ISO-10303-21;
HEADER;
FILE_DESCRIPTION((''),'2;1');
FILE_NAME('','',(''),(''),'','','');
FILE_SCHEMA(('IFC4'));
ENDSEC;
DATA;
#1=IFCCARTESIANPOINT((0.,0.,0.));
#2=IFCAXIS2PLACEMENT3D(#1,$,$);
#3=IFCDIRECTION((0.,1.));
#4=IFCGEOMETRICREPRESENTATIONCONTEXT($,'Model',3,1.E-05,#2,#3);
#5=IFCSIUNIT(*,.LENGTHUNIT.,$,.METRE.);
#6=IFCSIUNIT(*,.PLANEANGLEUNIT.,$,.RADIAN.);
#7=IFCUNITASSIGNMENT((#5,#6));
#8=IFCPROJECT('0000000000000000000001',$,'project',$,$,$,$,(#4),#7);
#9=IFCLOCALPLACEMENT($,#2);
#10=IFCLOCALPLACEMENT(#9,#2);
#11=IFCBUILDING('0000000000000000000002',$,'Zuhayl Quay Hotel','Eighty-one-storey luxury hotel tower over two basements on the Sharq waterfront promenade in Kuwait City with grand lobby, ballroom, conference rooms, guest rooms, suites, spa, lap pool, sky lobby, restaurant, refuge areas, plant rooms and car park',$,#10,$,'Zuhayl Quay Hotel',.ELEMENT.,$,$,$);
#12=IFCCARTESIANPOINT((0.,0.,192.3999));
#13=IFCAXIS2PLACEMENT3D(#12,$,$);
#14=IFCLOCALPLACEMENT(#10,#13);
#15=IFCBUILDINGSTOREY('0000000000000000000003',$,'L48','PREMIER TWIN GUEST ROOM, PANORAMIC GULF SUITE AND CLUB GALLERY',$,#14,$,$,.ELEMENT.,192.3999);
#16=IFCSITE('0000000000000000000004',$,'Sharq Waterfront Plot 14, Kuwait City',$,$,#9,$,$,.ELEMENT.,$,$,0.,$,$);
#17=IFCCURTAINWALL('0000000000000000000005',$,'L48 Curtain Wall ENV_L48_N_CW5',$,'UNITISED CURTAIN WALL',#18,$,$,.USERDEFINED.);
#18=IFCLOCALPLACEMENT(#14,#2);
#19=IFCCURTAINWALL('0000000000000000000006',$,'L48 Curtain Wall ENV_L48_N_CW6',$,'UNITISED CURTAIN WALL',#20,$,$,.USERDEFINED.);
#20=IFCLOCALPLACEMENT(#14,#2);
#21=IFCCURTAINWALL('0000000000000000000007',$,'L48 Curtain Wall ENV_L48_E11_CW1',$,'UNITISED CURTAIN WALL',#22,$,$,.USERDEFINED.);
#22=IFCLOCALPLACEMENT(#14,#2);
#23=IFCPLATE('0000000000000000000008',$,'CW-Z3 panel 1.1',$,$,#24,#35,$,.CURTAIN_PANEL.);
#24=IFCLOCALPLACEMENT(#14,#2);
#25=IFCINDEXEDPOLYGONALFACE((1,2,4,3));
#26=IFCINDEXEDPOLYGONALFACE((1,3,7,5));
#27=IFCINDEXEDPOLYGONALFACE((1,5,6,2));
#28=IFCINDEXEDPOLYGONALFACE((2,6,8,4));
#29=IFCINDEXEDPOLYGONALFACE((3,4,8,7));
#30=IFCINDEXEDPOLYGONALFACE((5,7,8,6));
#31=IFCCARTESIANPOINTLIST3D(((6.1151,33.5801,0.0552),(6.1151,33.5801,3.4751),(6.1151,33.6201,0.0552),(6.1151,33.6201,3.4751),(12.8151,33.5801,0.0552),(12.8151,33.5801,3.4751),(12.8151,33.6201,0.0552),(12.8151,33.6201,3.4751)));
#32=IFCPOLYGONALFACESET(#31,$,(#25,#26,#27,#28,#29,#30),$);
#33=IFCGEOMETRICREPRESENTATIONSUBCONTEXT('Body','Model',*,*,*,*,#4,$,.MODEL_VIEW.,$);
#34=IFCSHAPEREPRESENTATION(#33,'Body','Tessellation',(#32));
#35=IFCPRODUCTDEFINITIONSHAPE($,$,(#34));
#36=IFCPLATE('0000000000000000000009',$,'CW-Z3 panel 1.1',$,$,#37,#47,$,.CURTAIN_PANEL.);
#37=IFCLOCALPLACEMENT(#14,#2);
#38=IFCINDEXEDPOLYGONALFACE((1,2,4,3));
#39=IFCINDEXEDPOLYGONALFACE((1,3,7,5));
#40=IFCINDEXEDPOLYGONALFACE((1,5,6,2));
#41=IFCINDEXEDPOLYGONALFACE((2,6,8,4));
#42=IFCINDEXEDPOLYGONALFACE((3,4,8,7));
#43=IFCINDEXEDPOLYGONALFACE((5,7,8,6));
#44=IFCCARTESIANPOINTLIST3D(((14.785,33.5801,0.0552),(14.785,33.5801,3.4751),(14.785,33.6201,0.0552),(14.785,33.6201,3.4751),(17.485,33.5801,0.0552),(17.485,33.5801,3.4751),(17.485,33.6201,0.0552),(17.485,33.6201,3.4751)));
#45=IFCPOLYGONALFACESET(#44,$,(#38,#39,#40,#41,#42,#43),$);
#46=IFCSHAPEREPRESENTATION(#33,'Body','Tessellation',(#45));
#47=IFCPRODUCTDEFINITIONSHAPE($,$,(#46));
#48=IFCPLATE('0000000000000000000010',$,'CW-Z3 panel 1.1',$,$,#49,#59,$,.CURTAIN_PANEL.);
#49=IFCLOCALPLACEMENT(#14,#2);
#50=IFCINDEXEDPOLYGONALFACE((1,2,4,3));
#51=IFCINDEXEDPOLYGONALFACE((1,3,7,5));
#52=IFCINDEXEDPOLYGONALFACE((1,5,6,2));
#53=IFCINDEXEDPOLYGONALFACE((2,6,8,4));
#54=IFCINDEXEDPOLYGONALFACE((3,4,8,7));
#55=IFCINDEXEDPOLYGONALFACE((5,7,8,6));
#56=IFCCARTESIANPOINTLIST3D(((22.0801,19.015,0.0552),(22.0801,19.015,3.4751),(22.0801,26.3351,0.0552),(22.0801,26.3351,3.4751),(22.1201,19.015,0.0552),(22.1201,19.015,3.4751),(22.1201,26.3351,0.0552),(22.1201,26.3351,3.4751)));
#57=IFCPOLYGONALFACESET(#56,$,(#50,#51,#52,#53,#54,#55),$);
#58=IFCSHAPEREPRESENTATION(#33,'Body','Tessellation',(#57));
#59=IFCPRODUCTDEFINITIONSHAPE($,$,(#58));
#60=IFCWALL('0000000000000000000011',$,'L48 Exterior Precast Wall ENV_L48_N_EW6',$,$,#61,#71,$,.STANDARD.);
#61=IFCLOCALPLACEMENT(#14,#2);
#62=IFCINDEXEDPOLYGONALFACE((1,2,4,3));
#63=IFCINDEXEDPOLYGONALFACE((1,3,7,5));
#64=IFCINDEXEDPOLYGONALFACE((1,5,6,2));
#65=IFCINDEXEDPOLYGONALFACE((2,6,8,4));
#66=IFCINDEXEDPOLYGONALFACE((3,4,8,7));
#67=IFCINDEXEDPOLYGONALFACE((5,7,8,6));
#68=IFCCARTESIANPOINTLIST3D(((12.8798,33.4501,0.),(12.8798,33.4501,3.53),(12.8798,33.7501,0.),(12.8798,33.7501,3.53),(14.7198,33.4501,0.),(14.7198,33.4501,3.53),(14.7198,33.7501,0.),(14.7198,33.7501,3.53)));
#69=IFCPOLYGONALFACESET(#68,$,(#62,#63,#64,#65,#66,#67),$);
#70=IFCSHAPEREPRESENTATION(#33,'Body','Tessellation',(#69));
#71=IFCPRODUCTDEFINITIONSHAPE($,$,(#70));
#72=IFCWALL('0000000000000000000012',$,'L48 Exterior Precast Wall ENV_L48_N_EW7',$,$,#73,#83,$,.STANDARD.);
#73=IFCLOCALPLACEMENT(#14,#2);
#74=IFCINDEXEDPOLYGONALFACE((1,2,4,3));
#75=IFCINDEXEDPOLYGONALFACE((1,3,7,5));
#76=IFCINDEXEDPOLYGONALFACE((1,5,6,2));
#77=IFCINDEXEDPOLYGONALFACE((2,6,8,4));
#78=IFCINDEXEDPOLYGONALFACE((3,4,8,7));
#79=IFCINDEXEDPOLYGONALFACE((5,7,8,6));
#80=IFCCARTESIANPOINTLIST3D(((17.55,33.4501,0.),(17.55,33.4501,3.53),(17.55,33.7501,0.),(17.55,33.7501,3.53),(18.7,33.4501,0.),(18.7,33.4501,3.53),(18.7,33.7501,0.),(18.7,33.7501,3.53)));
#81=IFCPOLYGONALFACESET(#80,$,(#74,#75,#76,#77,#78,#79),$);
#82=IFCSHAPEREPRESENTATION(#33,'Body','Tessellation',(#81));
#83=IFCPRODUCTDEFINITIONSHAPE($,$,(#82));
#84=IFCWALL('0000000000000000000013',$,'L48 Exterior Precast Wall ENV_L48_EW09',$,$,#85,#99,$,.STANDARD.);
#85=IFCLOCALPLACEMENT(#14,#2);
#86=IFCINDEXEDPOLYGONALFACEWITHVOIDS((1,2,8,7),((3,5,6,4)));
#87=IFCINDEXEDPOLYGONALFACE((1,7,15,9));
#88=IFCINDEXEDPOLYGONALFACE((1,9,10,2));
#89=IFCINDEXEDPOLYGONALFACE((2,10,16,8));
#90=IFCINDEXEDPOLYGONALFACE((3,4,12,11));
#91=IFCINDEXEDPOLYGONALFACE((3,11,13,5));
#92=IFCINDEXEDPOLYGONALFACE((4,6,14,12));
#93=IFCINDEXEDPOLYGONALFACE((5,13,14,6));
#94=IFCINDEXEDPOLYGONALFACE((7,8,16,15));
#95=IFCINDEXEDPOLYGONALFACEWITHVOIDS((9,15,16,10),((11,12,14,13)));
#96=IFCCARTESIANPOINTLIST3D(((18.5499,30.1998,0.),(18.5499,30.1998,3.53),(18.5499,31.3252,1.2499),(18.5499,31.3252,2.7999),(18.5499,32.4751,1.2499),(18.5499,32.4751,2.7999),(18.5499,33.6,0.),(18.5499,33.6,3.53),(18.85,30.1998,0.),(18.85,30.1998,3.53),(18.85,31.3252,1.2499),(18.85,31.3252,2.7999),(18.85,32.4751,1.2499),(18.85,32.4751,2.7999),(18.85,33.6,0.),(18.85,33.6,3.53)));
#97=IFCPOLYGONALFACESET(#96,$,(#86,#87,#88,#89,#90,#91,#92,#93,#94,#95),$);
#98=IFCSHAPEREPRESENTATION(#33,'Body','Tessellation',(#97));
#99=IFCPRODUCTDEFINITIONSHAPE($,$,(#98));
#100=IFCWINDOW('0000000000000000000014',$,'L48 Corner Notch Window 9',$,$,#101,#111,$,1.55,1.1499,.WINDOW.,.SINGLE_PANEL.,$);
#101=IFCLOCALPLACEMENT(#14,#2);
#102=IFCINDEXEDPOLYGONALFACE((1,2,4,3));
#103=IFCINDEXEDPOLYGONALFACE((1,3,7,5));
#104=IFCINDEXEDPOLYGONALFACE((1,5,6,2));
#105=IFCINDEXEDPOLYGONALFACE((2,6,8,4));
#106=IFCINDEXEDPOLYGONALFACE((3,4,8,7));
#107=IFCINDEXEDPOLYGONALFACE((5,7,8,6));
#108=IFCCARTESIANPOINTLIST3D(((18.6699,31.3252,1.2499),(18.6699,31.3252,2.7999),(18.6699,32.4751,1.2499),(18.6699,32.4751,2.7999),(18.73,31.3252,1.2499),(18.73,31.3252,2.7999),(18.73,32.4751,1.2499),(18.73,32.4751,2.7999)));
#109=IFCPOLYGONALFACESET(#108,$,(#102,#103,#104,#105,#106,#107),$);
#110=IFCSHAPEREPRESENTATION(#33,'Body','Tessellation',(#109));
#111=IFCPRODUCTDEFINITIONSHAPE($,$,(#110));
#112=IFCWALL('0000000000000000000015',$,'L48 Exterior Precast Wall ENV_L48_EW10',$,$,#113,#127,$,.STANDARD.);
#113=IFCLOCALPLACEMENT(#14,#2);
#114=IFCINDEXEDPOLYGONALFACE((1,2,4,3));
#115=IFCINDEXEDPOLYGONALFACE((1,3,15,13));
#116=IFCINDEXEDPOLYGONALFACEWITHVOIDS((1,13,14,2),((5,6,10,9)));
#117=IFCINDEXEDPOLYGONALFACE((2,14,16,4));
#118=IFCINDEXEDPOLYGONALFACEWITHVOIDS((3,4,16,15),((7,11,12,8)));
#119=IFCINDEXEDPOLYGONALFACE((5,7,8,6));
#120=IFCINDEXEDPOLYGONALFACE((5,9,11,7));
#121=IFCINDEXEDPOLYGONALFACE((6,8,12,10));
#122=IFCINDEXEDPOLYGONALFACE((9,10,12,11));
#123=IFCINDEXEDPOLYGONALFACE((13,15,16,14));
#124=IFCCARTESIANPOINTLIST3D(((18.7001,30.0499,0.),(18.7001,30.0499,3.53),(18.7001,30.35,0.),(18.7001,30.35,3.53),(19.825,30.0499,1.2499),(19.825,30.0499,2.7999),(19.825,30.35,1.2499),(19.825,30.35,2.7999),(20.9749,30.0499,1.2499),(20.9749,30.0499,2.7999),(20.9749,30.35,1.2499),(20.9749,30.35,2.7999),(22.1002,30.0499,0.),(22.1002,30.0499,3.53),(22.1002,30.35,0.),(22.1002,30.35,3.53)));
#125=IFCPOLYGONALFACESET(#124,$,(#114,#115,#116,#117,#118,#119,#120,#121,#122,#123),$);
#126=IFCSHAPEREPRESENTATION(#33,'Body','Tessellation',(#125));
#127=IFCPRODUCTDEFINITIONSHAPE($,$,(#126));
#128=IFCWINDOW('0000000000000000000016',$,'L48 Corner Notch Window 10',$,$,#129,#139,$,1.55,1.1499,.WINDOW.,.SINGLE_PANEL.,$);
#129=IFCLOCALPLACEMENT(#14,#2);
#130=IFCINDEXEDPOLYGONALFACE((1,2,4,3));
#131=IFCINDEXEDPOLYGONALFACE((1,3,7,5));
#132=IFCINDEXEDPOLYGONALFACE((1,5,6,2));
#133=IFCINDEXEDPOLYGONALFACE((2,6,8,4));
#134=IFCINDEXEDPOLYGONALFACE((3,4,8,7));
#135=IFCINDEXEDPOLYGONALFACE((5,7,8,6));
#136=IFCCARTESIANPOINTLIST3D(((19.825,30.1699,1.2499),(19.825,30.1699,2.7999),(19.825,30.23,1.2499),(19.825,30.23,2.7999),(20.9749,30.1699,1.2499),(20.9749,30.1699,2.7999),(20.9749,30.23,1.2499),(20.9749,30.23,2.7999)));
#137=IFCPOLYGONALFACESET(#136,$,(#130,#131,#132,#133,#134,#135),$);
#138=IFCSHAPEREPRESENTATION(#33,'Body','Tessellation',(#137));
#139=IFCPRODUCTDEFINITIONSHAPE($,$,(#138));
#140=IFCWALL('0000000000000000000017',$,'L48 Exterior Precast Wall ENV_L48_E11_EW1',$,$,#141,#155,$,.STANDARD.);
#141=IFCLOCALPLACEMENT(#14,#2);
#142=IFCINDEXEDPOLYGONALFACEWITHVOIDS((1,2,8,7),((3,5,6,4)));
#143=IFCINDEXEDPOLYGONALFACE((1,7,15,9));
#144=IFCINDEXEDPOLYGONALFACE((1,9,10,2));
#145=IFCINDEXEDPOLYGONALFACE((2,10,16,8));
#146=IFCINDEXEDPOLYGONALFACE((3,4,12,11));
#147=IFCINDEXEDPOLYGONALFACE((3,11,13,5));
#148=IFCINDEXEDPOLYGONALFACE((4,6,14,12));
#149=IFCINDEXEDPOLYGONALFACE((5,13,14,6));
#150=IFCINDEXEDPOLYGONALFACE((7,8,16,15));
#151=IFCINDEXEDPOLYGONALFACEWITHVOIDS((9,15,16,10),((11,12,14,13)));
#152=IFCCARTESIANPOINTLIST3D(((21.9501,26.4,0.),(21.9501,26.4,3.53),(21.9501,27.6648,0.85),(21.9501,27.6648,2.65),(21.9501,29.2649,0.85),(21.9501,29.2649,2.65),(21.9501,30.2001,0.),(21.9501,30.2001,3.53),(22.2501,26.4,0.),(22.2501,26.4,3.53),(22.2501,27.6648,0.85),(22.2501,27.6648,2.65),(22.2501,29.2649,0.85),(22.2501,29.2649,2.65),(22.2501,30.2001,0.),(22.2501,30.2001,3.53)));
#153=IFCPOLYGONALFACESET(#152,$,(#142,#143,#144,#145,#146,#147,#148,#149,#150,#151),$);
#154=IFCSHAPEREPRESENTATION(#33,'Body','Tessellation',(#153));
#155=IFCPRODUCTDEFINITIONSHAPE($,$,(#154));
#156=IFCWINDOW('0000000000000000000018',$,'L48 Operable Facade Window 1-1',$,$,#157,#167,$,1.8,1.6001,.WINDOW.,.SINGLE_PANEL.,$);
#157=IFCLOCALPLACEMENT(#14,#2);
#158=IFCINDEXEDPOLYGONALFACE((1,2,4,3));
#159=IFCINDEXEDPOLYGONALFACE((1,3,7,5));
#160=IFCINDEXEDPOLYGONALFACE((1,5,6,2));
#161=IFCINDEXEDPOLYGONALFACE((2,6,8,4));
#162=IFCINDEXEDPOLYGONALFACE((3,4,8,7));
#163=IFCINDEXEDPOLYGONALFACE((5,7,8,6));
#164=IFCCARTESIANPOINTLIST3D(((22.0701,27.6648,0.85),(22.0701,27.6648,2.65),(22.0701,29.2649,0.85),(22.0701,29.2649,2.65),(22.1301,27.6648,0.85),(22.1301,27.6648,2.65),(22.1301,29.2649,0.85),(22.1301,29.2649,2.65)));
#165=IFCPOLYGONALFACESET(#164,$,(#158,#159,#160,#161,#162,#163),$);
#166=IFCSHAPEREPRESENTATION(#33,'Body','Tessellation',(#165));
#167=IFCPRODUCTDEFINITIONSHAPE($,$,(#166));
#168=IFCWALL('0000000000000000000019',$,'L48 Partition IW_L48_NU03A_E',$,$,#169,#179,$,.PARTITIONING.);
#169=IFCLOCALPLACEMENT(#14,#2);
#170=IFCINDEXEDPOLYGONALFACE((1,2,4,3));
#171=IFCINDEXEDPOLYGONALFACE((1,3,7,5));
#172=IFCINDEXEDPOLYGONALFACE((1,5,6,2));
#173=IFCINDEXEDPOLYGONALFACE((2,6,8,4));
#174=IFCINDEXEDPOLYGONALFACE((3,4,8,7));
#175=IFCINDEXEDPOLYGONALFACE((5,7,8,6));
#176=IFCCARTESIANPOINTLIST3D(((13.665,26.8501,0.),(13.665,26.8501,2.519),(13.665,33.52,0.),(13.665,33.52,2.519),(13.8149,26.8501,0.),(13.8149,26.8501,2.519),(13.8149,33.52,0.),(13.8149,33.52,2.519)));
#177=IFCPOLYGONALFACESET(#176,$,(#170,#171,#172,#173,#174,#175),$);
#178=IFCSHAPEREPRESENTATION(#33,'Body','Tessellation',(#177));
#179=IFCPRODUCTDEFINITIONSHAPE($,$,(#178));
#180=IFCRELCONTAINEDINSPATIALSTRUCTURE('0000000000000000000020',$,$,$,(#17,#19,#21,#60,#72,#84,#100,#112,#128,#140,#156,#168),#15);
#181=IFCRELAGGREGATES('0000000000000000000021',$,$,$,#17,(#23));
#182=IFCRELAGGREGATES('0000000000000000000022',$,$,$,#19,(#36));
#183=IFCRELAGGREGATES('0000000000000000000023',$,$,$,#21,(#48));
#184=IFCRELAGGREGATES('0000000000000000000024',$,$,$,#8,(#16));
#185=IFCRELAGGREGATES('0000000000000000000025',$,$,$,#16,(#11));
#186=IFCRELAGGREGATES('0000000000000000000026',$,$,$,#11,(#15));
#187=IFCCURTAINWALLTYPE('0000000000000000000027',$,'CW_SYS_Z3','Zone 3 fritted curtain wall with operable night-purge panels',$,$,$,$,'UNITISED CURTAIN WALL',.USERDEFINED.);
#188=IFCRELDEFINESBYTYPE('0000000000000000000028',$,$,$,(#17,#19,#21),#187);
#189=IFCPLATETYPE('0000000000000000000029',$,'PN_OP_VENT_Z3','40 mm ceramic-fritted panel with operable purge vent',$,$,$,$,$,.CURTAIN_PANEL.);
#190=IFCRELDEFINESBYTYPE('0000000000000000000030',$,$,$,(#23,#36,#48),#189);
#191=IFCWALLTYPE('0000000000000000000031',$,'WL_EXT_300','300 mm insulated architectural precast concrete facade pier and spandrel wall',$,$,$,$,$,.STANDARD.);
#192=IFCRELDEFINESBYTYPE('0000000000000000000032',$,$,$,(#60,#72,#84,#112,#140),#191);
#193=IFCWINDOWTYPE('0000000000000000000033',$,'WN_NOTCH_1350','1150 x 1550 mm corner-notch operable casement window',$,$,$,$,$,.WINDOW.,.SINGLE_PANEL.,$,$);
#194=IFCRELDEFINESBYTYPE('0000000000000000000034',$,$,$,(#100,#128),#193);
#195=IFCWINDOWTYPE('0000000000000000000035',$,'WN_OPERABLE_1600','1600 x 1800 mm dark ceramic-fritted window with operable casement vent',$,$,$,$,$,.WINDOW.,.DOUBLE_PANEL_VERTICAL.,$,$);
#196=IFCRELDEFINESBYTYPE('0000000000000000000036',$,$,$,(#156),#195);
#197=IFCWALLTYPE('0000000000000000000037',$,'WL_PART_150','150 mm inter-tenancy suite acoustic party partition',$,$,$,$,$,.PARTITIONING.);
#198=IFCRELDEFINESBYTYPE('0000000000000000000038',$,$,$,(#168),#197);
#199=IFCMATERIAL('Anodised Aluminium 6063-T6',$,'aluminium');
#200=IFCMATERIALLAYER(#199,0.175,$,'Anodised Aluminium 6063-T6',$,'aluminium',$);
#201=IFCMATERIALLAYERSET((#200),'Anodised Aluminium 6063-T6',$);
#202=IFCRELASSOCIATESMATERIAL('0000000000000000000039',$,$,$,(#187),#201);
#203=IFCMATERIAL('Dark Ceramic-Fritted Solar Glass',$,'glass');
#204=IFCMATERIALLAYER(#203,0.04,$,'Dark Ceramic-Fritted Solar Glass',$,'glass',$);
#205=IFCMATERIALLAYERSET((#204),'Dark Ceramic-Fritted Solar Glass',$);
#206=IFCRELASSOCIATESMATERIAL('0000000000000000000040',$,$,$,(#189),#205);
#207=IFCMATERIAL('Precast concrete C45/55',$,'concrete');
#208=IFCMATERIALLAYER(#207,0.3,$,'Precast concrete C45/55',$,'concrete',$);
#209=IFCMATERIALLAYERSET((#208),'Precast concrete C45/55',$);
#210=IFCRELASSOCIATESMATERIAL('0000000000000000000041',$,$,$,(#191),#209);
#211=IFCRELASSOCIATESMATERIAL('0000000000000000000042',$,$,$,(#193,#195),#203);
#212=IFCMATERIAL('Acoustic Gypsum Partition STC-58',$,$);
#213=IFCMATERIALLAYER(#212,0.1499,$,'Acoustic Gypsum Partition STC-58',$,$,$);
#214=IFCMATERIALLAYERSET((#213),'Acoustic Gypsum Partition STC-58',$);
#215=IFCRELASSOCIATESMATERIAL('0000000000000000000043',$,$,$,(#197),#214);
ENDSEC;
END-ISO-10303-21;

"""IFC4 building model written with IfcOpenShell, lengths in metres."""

from ifc_helpers import new_model, si_unit, direction, frame, frame_2d, origin, origin_2d, place, context, subcontext, project, spatial, rectangle, extrude, material, layer, layer_set, type_object, element, fill, aggregate, save


model = new_model("IFC4")

# Units and contexts
model_context = context("Model", 3, precision=1e-05, world=origin(), true_north=direction((0.0, 1.0)))
body_context = subcontext(model_context, "Body", "Model", "MODEL_VIEW")
ifc_project = project(units=[si_unit("LENGTHUNIT", "METRE"), si_unit("PLANEANGLEUNIT", "RADIAN")], contexts=[model_context])

# Site, building, storey
site_placement = place(None, origin())
site = spatial("IfcSite", under=ifc_project, at=site_placement, Name="Sharq Waterfront Plot 14, Kuwait City", CompositionType="ELEMENT", RefElevation=0.0)
building_placement = place(site_placement, origin())
building = spatial("IfcBuilding", under=site, at=building_placement, Name="Zuhayl Quay Hotel", Description="Eighty-one-storey luxury hotel tower over two basements on the Sharq waterfront promenade in Kuwait City with grand lobby, ballroom, conference rooms, guest rooms, suites, spa, lap pool, sky lobby, restaurant, refuge areas, plant rooms and car park", LongName="Zuhayl Quay Hotel", CompositionType="ELEMENT")
storey_placement = place(building_placement, frame((0.0, 0.0, 192.3999)))
storey = spatial("IfcBuildingStorey", under=building, at=storey_placement, Name="L48", Description="PREMIER TWIN GUEST ROOM, PANORAMIC GULF SUITE AND CLUB GALLERY", CompositionType="ELEMENT", Elevation=192.3999)

# Curtain wall
ifc_material_1 = material(Name="Anodised Aluminium 6063-T6", Category="aluminium")
ifc_layer_1 = layer(ifc_material_1, 0.175, Name="Anodised Aluminium 6063-T6", Category="aluminium")
ifc_layer_set_1 = layer_set([ifc_layer_1], Name="Anodised Aluminium 6063-T6")
curtain_wall_type = type_object("IfcCurtainWallType", Name="CW_SYS_Z3", Description="Zone 3 fritted curtain wall with operable night-purge panels", ElementType="UNITISED CURTAIN WALL", PredefinedType="USERDEFINED", material=ifc_layer_set_1)
curtain_wall_1_placement = place(storey_placement, origin())
curtain_wall_1 = element("IfcCurtainWall", 1, at=curtain_wall_1_placement, inside=storey, type_object=curtain_wall_type, Name="L48 Curtain Wall ENV_L48_N_CW5", ObjectType="UNITISED CURTAIN WALL", PredefinedType="USERDEFINED")

# Curtain wall
curtain_wall_2_placement = place(storey_placement, origin())
curtain_wall_2 = element("IfcCurtainWall", 2, at=curtain_wall_2_placement, inside=storey, type_object=curtain_wall_type, Name="L48 Curtain Wall ENV_L48_N_CW6", ObjectType="UNITISED CURTAIN WALL", PredefinedType="USERDEFINED")

# Curtain wall
curtain_wall_3_placement = place(storey_placement, origin())
curtain_wall_3 = element("IfcCurtainWall", 3, at=curtain_wall_3_placement, inside=storey, type_object=curtain_wall_type, Name="L48 Curtain Wall ENV_L48_E11_CW1", ObjectType="UNITISED CURTAIN WALL", PredefinedType="USERDEFINED")

# Plates
ifc_material_2 = material(Name="Dark Ceramic-Fritted Solar Glass", Category="glass")
ifc_layer_2 = layer(ifc_material_2, 0.04, Name="Dark Ceramic-Fritted Solar Glass", Category="glass")
ifc_layer_set_2 = layer_set([ifc_layer_2], Name="Dark Ceramic-Fritted Solar Glass")
plate_type = type_object("IfcPlateType", Name="PN_OP_VENT_Z3", Description="40 mm ceramic-fritted panel with operable purge vent", PredefinedType="CURTAIN_PANEL", material=ifc_layer_set_2)
plate_1_placement = place(storey_placement, frame((9.4651, 33.6001, 0.0552), z_axis=(0.0, 0.0, 1.0), x_axis=(1.0, 0.0, 0.0)))
plate_1 = element("IfcPlate", 4, at=plate_1_placement, type_object=plate_type, Name="CW-Z3 panel 1.1", PredefinedType="CURTAIN_PANEL", context=body_context, shape_type="SweptSolid", body=[
    extrude(rectangle(XDim=6.7, YDim=0.04, at=origin_2d()), origin(), (0.0, 0.0, 1.0), 3.4199),
])
aggregate(curtain_wall_1, [plate_1])
plate_2_placement = place(storey_placement, frame((16.135, 33.6001, 0.0552), z_axis=(0.0, 0.0, 1.0), x_axis=(1.0, 0.0, 0.0)))
plate_2 = element("IfcPlate", 5, at=plate_2_placement, type_object=plate_type, Name="CW-Z3 panel 1.1", PredefinedType="CURTAIN_PANEL", context=body_context, shape_type="SweptSolid", body=[
    extrude(rectangle(XDim=2.7, YDim=0.04, at=origin_2d()), origin(), (0.0, 0.0, 1.0), 3.4199),
])
aggregate(curtain_wall_2, [plate_2])
plate_3_placement = place(storey_placement, frame((22.1001, 22.675, 0.0552), z_axis=(0.0, 0.0, 1.0), x_axis=(0.0, -1.0, 0.0)))
plate_3 = element("IfcPlate", 6, at=plate_3_placement, type_object=plate_type, Name="CW-Z3 panel 1.1", PredefinedType="CURTAIN_PANEL", context=body_context, shape_type="SweptSolid", body=[
    extrude(rectangle(XDim=7.3201, YDim=0.04, at=origin_2d()), origin(), (0.0, 0.0, 1.0), 3.4199),
])
aggregate(curtain_wall_3, [plate_3])

# Walls
ifc_material_3 = material(Name="Precast concrete C45/55", Category="concrete")
ifc_layer_3 = layer(ifc_material_3, 0.3, Name="Precast concrete C45/55", Category="concrete")
ifc_layer_set_3 = layer_set([ifc_layer_3], Name="Precast concrete C45/55")
wall_type_1 = type_object("IfcWallType", Name="WL_EXT_300", Description="300 mm insulated architectural precast concrete facade pier and spandrel wall", PredefinedType="STANDARD", material=ifc_layer_set_3)
wall_1_placement = place(storey_placement, frame((12.8799, 33.6001, 0.0), z_axis=(0.0, 0.0, 1.0), x_axis=(1.0, 0.0, 0.0)))
element("IfcWall", 7, at=wall_1_placement, inside=storey, type_object=wall_type_1, Name="L48 Exterior Precast Wall ENV_L48_N_EW6", PredefinedType="STANDARD", context=body_context, shape_type="SweptSolid", body=[
    extrude(rectangle(XDim=1.8401, YDim=0.3, at=frame_2d((0.9199, 0.0))), origin(), (0.0, 0.0, 1.0), 3.53),
])
wall_2_placement = place(storey_placement, frame((17.55, 33.6001, 0.0), z_axis=(0.0, 0.0, 1.0), x_axis=(1.0, 0.0, 0.0)))
element("IfcWall", 8, at=wall_2_placement, inside=storey, type_object=wall_type_1, Name="L48 Exterior Precast Wall ENV_L48_N_EW7", PredefinedType="STANDARD", context=body_context, shape_type="SweptSolid", body=[
    extrude(rectangle(XDim=1.1499, YDim=0.3, at=frame_2d((0.575, 0.0))), origin(), (0.0, 0.0, 1.0), 3.53),
])

# Walls, openings, windows
wall_3_placement = place(storey_placement, frame((18.7, 33.6001, 0.0), z_axis=(0.0, 0.0, 1.0), x_axis=(0.0, -1.0, 0.0)))
wall_3 = element("IfcWall", 9, at=wall_3_placement, inside=storey, type_object=wall_type_1, Name="L48 Exterior Precast Wall ENV_L48_EW09", PredefinedType="STANDARD", context=body_context, shape_type="SweptSolid", body=[
    extrude(rectangle(XDim=3.4001, YDim=0.3, at=frame_2d((1.7002, 0.0))), origin(), (0.0, 0.0, 1.0), 3.53),
])
opening_1_placement = place(wall_3_placement, frame((1.125, 0.0, 1.25)))
opening_1 = element("IfcOpeningElement", 10, at=opening_1_placement, cuts=wall_3, PredefinedType="OPENING", context=body_context, shape_type="SweptSolid", body=[
    extrude(rectangle(XDim=1.1499, YDim=1.55, at=frame_2d((0.575, 0.7749))), frame((0.0, 0.1599, 0.0), z_axis=(0.0, -1.0, 0.0), x_axis=(1.0, 0.0, 0.0)), (0.0, 0.0, 1.0), 0.3201),
])
window_type_1 = type_object("IfcWindowType", Name="WN_NOTCH_1350", Description="1150 x 1550 mm corner-notch operable casement window", PartitioningType="SINGLE_PANEL", PredefinedType="WINDOW", material=ifc_material_2)
window_1_placement = place(opening_1_placement, origin())
window_1 = element("IfcWindow", 11, at=window_1_placement, inside=storey, type_object=window_type_1, Name="L48 Corner Notch Window 9", OverallHeight=1.55, OverallWidth=1.1499, PartitioningType="SINGLE_PANEL", PredefinedType="WINDOW", context=body_context, shape_type="SweptSolid", body=[
    extrude(rectangle(XDim=1.1499, YDim=1.55, at=frame_2d((0.575, 0.7749))), frame((0.0, 0.03, 0.0), z_axis=(0.0, -1.0, 0.0), x_axis=(1.0, 0.0, 0.0)), (0.0, 0.0, 1.0), 0.0601),
])
fill(opening_1, window_1)
wall_4_placement = place(storey_placement, frame((18.7, 30.2, 0.0), z_axis=(0.0, 0.0, 1.0), x_axis=(1.0, 0.0, 0.0)))
wall_4 = element("IfcWall", 12, at=wall_4_placement, inside=storey, type_object=wall_type_1, Name="L48 Exterior Precast Wall ENV_L48_EW10", PredefinedType="STANDARD", context=body_context, shape_type="SweptSolid", body=[
    extrude(rectangle(XDim=3.4001, YDim=0.3, at=frame_2d((1.7002, 0.0))), origin(), (0.0, 0.0, 1.0), 3.53),
])
opening_2_placement = place(wall_4_placement, frame((1.125, 0.0, 1.25)))
opening_2 = element("IfcOpeningElement", 13, at=opening_2_placement, cuts=wall_4, PredefinedType="OPENING", context=body_context, shape_type="SweptSolid", body=[
    extrude(rectangle(XDim=1.1499, YDim=1.55, at=frame_2d((0.575, 0.7749))), frame((0.0, 0.1599, 0.0), z_axis=(0.0, -1.0, 0.0), x_axis=(1.0, 0.0, 0.0)), (0.0, 0.0, 1.0), 0.3201),
])
window_2_placement = place(opening_2_placement, origin())
window_2 = element("IfcWindow", 14, at=window_2_placement, inside=storey, type_object=window_type_1, Name="L48 Corner Notch Window 10", OverallHeight=1.55, OverallWidth=1.1499, PartitioningType="SINGLE_PANEL", PredefinedType="WINDOW", context=body_context, shape_type="SweptSolid", body=[
    extrude(rectangle(XDim=1.1499, YDim=1.55, at=frame_2d((0.575, 0.7749))), frame((0.0, 0.03, 0.0), z_axis=(0.0, -1.0, 0.0), x_axis=(1.0, 0.0, 0.0)), (0.0, 0.0, 1.0), 0.0601),
])
fill(opening_2, window_2)
wall_5_placement = place(storey_placement, frame((22.1001, 30.2, 0.0), z_axis=(0.0, 0.0, 1.0), x_axis=(0.0, -1.0, 0.0)))
wall_5 = element("IfcWall", 15, at=wall_5_placement, inside=storey, type_object=wall_type_1, Name="L48 Exterior Precast Wall ENV_L48_E11_EW1", PredefinedType="STANDARD", context=body_context, shape_type="SweptSolid", body=[
    extrude(rectangle(XDim=3.8, YDim=0.3, at=frame_2d((1.8999, 0.0))), origin(), (0.0, 0.0, 1.0), 3.53),
])
opening_3_placement = place(wall_5_placement, frame((0.9351, 0.0, 0.8501)))
opening_3 = element("IfcOpeningElement", 16, at=opening_3_placement, cuts=wall_5, PredefinedType="OPENING", context=body_context, shape_type="SweptSolid", body=[
    extrude(rectangle(XDim=1.6001, YDim=1.8, at=frame_2d((0.8, 0.8999))), frame((0.0, 0.1599, 0.0), z_axis=(0.0, -1.0, 0.0), x_axis=(1.0, 0.0, 0.0)), (0.0, 0.0, 1.0), 0.3201),
])
window_type_2 = type_object("IfcWindowType", Name="WN_OPERABLE_1600", Description="1600 x 1800 mm dark ceramic-fritted window with operable casement vent", PartitioningType="DOUBLE_PANEL_VERTICAL", PredefinedType="WINDOW", material=ifc_material_2)
window_3_placement = place(opening_3_placement, origin())
window_3 = element("IfcWindow", 17, at=window_3_placement, inside=storey, type_object=window_type_2, Name="L48 Operable Facade Window 1-1", OverallHeight=1.8, OverallWidth=1.6001, PartitioningType="SINGLE_PANEL", PredefinedType="WINDOW", context=body_context, shape_type="SweptSolid", body=[
    extrude(rectangle(XDim=1.6001, YDim=1.8, at=frame_2d((0.8, 0.8999))), frame((0.0, 0.03, 0.0), z_axis=(0.0, -1.0, 0.0), x_axis=(1.0, 0.0, 0.0)), (0.0, 0.0, 1.0), 0.0601),
])
fill(opening_3, window_3)

# Wall
ifc_material_4 = material(Name="Acoustic Gypsum Partition STC-58")
ifc_layer_4 = layer(ifc_material_4, 0.1499, Name="Acoustic Gypsum Partition STC-58")
ifc_layer_set_4 = layer_set([ifc_layer_4], Name="Acoustic Gypsum Partition STC-58")
wall_type_2 = type_object("IfcWallType", Name="WL_PART_150", Description="150 mm inter-tenancy suite acoustic party partition", PredefinedType="PARTITIONING", material=ifc_layer_set_4)
wall_6_placement = place(storey_placement, frame((13.74, 26.8501, 0.0), z_axis=(0.0, 0.0, 1.0), x_axis=(0.0, 1.0, 0.0)))
element("IfcWall", 18, at=wall_6_placement, inside=storey, type_object=wall_type_2, Name="L48 Partition IW_L48_NU03A_E", PredefinedType="PARTITIONING", context=body_context, shape_type="SweptSolid", body=[
    extrude(rectangle(XDim=6.6699, YDim=0.1499, at=frame_2d((3.335, 0.0))), origin(), (0.0, 0.0, 1.0), 2.519),
])

save(model, "model.ifc")
